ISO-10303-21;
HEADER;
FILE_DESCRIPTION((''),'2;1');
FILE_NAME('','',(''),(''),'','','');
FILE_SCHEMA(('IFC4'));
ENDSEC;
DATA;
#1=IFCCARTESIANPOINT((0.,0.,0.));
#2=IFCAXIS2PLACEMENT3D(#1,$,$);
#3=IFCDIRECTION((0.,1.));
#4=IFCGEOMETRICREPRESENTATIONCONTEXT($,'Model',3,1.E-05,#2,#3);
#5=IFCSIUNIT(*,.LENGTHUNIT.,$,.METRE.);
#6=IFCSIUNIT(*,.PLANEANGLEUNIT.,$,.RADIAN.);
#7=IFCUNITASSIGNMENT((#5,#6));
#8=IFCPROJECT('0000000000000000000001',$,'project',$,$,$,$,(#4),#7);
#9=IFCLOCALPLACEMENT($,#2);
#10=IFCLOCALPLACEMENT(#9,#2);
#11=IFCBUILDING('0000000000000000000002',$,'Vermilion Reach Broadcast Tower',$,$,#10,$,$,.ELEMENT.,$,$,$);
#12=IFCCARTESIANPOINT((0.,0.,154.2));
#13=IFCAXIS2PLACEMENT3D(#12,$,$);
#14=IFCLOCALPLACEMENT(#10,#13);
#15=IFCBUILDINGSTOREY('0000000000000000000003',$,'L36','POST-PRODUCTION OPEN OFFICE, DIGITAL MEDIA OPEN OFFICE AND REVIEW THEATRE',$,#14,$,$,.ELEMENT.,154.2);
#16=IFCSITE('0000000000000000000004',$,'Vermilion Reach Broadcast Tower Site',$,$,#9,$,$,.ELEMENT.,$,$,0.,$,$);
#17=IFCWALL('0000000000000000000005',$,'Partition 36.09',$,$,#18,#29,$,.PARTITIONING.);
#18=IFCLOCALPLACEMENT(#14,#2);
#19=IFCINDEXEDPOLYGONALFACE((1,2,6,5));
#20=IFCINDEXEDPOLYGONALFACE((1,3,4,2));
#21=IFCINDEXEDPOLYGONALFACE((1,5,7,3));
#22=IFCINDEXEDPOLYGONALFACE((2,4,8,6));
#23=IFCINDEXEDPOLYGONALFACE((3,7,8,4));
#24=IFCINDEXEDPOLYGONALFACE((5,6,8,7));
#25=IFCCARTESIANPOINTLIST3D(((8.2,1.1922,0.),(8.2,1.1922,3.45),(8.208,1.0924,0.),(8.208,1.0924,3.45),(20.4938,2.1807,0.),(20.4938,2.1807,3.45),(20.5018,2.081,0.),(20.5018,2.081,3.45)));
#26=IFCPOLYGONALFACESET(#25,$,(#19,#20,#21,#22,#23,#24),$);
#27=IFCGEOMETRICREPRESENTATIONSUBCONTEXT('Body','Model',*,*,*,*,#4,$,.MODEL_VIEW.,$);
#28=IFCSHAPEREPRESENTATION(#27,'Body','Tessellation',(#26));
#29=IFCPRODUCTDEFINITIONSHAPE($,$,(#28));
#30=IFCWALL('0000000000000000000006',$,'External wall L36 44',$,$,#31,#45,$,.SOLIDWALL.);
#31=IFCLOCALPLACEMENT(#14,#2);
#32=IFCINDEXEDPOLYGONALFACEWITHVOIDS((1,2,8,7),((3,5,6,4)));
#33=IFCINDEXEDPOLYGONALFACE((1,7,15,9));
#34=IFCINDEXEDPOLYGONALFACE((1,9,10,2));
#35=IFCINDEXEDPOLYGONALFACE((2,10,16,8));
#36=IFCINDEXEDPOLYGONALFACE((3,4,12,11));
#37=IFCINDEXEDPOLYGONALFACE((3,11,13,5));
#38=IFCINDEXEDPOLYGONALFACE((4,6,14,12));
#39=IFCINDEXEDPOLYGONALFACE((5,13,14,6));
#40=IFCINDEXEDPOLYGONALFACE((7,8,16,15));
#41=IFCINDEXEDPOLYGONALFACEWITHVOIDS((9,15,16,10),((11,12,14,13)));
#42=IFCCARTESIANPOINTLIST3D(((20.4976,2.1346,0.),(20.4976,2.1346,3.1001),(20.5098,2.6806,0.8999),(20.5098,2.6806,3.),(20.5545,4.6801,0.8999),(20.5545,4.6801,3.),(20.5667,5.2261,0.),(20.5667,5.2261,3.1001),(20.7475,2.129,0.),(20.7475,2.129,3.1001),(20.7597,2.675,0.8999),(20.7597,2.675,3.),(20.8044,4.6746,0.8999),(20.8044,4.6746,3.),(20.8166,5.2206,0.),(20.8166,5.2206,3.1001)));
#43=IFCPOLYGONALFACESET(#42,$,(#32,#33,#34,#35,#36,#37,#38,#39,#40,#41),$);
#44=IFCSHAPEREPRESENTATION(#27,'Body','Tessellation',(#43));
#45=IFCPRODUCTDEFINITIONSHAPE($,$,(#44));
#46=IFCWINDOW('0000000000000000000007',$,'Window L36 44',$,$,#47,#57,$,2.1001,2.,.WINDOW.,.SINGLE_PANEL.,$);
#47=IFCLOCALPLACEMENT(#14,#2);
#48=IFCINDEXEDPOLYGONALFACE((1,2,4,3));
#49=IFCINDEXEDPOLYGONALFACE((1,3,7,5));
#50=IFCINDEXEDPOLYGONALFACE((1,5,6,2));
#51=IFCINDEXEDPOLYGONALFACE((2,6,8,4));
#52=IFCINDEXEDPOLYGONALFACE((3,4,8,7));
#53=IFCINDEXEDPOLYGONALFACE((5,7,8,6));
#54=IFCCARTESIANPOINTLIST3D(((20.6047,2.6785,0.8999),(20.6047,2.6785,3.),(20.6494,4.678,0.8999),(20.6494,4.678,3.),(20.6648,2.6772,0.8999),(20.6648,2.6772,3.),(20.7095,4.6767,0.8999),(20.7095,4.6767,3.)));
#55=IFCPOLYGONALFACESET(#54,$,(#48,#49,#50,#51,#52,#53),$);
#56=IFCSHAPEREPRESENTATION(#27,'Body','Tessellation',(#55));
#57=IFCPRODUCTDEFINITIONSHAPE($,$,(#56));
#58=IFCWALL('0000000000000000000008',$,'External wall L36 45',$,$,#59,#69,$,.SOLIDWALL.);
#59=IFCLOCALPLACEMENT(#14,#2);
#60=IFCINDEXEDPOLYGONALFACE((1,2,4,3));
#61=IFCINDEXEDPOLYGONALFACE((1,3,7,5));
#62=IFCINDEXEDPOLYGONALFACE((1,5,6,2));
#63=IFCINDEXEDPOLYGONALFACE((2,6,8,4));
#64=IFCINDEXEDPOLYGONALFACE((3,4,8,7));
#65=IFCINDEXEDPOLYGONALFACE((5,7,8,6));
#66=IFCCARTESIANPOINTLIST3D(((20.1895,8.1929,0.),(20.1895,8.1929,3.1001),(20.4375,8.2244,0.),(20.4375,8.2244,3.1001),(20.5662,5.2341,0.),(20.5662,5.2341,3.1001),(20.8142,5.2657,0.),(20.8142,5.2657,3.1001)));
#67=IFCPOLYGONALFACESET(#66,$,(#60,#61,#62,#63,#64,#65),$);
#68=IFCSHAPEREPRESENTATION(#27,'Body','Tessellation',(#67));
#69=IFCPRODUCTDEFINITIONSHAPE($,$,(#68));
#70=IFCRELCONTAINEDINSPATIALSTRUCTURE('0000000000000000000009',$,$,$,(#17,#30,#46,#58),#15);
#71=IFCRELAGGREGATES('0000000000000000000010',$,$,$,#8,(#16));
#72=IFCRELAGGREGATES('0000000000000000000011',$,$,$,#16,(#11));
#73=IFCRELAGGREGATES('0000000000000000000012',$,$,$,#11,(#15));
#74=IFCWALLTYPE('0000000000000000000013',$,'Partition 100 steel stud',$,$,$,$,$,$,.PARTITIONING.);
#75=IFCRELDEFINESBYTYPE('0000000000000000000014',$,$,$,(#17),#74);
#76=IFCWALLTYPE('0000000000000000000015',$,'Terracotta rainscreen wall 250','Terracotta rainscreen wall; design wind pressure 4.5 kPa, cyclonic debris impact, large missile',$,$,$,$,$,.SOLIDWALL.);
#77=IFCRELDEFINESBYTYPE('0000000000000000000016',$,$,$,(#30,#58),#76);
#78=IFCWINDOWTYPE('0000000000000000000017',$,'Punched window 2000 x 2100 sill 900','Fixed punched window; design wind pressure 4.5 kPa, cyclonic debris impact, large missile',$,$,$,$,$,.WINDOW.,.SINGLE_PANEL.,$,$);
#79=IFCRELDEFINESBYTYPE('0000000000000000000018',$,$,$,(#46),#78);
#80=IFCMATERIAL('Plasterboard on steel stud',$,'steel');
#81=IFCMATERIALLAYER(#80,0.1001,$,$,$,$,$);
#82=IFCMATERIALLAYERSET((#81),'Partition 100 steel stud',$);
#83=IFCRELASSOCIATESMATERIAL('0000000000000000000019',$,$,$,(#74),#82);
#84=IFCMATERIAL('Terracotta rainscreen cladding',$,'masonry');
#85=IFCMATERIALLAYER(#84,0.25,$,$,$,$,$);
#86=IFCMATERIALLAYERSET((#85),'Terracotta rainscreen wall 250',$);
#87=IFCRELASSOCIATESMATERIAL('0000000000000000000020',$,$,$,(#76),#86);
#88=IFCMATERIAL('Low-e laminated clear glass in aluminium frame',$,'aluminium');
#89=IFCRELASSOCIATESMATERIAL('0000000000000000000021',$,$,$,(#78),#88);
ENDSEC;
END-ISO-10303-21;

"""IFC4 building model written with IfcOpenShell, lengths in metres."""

from ifc_helpers import new_model, si_unit, direction, frame, frame_2d, origin, place, context, subcontext, project, spatial, rectangle, extrude, material, layer, layer_set, type_object, element, fill, save


model = new_model("IFC4")

# Units and contexts
model_context = context("Model", 3, precision=1e-05, world=origin(), true_north=direction((0.0, 1.0)))
body_context = subcontext(model_context, "Body", "Model", "MODEL_VIEW")
ifc_project = project(units=[si_unit("LENGTHUNIT", "METRE"), si_unit("PLANEANGLEUNIT", "RADIAN")], contexts=[model_context])

# Site, building, storey
site_placement = place(None, origin())
site = spatial("IfcSite", under=ifc_project, at=site_placement, Name="Vermilion Reach Broadcast Tower Site", CompositionType="ELEMENT", RefElevation=0.0)
building_placement = place(site_placement, origin())
building = spatial("IfcBuilding", under=site, at=building_placement, Name="Vermilion Reach Broadcast Tower", CompositionType="ELEMENT")
storey_placement = place(building_placement, frame((0.0, 0.0, 154.2)))
storey = spatial("IfcBuildingStorey", under=building, at=storey_placement, Name="L36", Description="POST-PRODUCTION OPEN OFFICE, DIGITAL MEDIA OPEN OFFICE AND REVIEW THEATRE", CompositionType="ELEMENT", Elevation=154.2)

# Wall
ifc_material_1 = material(Name="Plasterboard on steel stud", Category="steel")
ifc_layer_1 = layer(ifc_material_1, 0.1001)
ifc_layer_set_1 = layer_set([ifc_layer_1], Name="Partition 100 steel stud")
wall_type_1 = type_object("IfcWallType", Name="Partition 100 steel stud", PredefinedType="PARTITIONING", material=ifc_layer_set_1)
wall_1_placement = place(storey_placement, frame((20.4978, 2.1309, 0.0), z_axis=(0.0, 0.0, 1.0), x_axis=(-0.996783, -0.08015, 0.0)))
element("IfcWall", 1, at=wall_1_placement, inside=storey, type_object=wall_type_1, Name="Partition 36.09", PredefinedType="PARTITIONING", context=body_context, shape_type="SweptSolid", body=[
    extrude(rectangle(XDim=12.3335, YDim=0.1001, at=frame_2d((6.1667, 0.0))), origin(), (0.0, 0.0, 1.0), 3.45),
])

# Wall, opening, window
ifc_material_2 = material(Name="Terracotta rainscreen cladding", Category="masonry")
ifc_layer_2 = layer(ifc_material_2, 0.25)
ifc_layer_set_2 = layer_set([ifc_layer_2], Name="Terracotta rainscreen wall 250")
wall_type_2 = type_object("IfcWallType", Name="Terracotta rainscreen wall 250", Description="Terracotta rainscreen wall; design wind pressure 4.5 kPa, cyclonic debris impact, large missile", PredefinedType="SOLIDWALL", material=ifc_layer_set_2)
wall_2_placement = place(storey_placement, frame((20.6226, 2.1318, 0.0), z_axis=(0.0, 0.0, 1.0), x_axis=(0.022343, 0.99975, 0.0)))
wall_2 = element("IfcWall", 2, at=wall_2_placement, inside=storey, type_object=wall_type_2, Name="External wall L36 44", PredefinedType="SOLIDWALL", context=body_context, shape_type="SweptSolid", body=[
    extrude(rectangle(XDim=3.0923, YDim=0.25, at=frame_2d((1.5461, 0.0))), origin(), (0.0, 0.0, 1.0), 3.1001),
])
opening_1_placement = place(wall_2_placement, frame((0.5461, 0.0, 0.8999)))
opening_1 = element("IfcOpeningElement", 3, at=opening_1_placement, cuts=wall_2, PredefinedType="OPENING", context=body_context, shape_type="SweptSolid", body=[
    extrude(rectangle(XDim=2.0, YDim=2.1001, at=frame_2d((1.0, 1.05))), frame((0.0, 0.135, 0.0), z_axis=(0.0, -1.0, 0.0), x_axis=(1.0, 0.0, 0.0)), (0.0, 0.0, 1.0), 0.27),
])
ifc_material_3 = material(Name="Low-e laminated clear glass in aluminium frame", Category="aluminium")
window_type = type_object("IfcWindowType", Name="Punched window 2000 x 2100 sill 900", Description="Fixed punched window; design wind pressure 4.5 kPa, cyclonic debris impact, large missile", PartitioningType="SINGLE_PANEL", PredefinedType="WINDOW", material=ifc_material_3)
window_placement = place(opening_1_placement, origin())
window = element("IfcWindow", 4, at=window_placement, inside=storey, type_object=window_type, Name="Window L36 44", OverallHeight=2.1001, OverallWidth=2.0, PartitioningType="SINGLE_PANEL", PredefinedType="WINDOW", context=body_context, shape_type="SweptSolid", body=[
    extrude(rectangle(XDim=2.0, YDim=2.1001, at=frame_2d((1.0, 1.05))), frame((0.0, 0.03, 0.0), z_axis=(0.0, -1.0, 0.0), x_axis=(1.0, 0.0, 0.0)), (0.0, 0.0, 1.0), 0.0601),
])
fill(opening_1, window)

# Wall
wall_3_placement = place(storey_placement, frame((20.6902, 5.25, 0.0), z_axis=(0.0, 0.0, 1.0), x_axis=(-0.126301, 0.991992, 0.0)))
element("IfcWall", 5, at=wall_3_placement, inside=storey, type_object=wall_type_2, Name="External wall L36 45", PredefinedType="SOLIDWALL", context=body_context, shape_type="SweptSolid", body=[
    extrude(rectangle(XDim=2.9827, YDim=0.25, at=frame_2d((1.4912, 0.0))), origin(), (0.0, 0.0, 1.0), 3.1001),
])

save(model, "model.ifc")
